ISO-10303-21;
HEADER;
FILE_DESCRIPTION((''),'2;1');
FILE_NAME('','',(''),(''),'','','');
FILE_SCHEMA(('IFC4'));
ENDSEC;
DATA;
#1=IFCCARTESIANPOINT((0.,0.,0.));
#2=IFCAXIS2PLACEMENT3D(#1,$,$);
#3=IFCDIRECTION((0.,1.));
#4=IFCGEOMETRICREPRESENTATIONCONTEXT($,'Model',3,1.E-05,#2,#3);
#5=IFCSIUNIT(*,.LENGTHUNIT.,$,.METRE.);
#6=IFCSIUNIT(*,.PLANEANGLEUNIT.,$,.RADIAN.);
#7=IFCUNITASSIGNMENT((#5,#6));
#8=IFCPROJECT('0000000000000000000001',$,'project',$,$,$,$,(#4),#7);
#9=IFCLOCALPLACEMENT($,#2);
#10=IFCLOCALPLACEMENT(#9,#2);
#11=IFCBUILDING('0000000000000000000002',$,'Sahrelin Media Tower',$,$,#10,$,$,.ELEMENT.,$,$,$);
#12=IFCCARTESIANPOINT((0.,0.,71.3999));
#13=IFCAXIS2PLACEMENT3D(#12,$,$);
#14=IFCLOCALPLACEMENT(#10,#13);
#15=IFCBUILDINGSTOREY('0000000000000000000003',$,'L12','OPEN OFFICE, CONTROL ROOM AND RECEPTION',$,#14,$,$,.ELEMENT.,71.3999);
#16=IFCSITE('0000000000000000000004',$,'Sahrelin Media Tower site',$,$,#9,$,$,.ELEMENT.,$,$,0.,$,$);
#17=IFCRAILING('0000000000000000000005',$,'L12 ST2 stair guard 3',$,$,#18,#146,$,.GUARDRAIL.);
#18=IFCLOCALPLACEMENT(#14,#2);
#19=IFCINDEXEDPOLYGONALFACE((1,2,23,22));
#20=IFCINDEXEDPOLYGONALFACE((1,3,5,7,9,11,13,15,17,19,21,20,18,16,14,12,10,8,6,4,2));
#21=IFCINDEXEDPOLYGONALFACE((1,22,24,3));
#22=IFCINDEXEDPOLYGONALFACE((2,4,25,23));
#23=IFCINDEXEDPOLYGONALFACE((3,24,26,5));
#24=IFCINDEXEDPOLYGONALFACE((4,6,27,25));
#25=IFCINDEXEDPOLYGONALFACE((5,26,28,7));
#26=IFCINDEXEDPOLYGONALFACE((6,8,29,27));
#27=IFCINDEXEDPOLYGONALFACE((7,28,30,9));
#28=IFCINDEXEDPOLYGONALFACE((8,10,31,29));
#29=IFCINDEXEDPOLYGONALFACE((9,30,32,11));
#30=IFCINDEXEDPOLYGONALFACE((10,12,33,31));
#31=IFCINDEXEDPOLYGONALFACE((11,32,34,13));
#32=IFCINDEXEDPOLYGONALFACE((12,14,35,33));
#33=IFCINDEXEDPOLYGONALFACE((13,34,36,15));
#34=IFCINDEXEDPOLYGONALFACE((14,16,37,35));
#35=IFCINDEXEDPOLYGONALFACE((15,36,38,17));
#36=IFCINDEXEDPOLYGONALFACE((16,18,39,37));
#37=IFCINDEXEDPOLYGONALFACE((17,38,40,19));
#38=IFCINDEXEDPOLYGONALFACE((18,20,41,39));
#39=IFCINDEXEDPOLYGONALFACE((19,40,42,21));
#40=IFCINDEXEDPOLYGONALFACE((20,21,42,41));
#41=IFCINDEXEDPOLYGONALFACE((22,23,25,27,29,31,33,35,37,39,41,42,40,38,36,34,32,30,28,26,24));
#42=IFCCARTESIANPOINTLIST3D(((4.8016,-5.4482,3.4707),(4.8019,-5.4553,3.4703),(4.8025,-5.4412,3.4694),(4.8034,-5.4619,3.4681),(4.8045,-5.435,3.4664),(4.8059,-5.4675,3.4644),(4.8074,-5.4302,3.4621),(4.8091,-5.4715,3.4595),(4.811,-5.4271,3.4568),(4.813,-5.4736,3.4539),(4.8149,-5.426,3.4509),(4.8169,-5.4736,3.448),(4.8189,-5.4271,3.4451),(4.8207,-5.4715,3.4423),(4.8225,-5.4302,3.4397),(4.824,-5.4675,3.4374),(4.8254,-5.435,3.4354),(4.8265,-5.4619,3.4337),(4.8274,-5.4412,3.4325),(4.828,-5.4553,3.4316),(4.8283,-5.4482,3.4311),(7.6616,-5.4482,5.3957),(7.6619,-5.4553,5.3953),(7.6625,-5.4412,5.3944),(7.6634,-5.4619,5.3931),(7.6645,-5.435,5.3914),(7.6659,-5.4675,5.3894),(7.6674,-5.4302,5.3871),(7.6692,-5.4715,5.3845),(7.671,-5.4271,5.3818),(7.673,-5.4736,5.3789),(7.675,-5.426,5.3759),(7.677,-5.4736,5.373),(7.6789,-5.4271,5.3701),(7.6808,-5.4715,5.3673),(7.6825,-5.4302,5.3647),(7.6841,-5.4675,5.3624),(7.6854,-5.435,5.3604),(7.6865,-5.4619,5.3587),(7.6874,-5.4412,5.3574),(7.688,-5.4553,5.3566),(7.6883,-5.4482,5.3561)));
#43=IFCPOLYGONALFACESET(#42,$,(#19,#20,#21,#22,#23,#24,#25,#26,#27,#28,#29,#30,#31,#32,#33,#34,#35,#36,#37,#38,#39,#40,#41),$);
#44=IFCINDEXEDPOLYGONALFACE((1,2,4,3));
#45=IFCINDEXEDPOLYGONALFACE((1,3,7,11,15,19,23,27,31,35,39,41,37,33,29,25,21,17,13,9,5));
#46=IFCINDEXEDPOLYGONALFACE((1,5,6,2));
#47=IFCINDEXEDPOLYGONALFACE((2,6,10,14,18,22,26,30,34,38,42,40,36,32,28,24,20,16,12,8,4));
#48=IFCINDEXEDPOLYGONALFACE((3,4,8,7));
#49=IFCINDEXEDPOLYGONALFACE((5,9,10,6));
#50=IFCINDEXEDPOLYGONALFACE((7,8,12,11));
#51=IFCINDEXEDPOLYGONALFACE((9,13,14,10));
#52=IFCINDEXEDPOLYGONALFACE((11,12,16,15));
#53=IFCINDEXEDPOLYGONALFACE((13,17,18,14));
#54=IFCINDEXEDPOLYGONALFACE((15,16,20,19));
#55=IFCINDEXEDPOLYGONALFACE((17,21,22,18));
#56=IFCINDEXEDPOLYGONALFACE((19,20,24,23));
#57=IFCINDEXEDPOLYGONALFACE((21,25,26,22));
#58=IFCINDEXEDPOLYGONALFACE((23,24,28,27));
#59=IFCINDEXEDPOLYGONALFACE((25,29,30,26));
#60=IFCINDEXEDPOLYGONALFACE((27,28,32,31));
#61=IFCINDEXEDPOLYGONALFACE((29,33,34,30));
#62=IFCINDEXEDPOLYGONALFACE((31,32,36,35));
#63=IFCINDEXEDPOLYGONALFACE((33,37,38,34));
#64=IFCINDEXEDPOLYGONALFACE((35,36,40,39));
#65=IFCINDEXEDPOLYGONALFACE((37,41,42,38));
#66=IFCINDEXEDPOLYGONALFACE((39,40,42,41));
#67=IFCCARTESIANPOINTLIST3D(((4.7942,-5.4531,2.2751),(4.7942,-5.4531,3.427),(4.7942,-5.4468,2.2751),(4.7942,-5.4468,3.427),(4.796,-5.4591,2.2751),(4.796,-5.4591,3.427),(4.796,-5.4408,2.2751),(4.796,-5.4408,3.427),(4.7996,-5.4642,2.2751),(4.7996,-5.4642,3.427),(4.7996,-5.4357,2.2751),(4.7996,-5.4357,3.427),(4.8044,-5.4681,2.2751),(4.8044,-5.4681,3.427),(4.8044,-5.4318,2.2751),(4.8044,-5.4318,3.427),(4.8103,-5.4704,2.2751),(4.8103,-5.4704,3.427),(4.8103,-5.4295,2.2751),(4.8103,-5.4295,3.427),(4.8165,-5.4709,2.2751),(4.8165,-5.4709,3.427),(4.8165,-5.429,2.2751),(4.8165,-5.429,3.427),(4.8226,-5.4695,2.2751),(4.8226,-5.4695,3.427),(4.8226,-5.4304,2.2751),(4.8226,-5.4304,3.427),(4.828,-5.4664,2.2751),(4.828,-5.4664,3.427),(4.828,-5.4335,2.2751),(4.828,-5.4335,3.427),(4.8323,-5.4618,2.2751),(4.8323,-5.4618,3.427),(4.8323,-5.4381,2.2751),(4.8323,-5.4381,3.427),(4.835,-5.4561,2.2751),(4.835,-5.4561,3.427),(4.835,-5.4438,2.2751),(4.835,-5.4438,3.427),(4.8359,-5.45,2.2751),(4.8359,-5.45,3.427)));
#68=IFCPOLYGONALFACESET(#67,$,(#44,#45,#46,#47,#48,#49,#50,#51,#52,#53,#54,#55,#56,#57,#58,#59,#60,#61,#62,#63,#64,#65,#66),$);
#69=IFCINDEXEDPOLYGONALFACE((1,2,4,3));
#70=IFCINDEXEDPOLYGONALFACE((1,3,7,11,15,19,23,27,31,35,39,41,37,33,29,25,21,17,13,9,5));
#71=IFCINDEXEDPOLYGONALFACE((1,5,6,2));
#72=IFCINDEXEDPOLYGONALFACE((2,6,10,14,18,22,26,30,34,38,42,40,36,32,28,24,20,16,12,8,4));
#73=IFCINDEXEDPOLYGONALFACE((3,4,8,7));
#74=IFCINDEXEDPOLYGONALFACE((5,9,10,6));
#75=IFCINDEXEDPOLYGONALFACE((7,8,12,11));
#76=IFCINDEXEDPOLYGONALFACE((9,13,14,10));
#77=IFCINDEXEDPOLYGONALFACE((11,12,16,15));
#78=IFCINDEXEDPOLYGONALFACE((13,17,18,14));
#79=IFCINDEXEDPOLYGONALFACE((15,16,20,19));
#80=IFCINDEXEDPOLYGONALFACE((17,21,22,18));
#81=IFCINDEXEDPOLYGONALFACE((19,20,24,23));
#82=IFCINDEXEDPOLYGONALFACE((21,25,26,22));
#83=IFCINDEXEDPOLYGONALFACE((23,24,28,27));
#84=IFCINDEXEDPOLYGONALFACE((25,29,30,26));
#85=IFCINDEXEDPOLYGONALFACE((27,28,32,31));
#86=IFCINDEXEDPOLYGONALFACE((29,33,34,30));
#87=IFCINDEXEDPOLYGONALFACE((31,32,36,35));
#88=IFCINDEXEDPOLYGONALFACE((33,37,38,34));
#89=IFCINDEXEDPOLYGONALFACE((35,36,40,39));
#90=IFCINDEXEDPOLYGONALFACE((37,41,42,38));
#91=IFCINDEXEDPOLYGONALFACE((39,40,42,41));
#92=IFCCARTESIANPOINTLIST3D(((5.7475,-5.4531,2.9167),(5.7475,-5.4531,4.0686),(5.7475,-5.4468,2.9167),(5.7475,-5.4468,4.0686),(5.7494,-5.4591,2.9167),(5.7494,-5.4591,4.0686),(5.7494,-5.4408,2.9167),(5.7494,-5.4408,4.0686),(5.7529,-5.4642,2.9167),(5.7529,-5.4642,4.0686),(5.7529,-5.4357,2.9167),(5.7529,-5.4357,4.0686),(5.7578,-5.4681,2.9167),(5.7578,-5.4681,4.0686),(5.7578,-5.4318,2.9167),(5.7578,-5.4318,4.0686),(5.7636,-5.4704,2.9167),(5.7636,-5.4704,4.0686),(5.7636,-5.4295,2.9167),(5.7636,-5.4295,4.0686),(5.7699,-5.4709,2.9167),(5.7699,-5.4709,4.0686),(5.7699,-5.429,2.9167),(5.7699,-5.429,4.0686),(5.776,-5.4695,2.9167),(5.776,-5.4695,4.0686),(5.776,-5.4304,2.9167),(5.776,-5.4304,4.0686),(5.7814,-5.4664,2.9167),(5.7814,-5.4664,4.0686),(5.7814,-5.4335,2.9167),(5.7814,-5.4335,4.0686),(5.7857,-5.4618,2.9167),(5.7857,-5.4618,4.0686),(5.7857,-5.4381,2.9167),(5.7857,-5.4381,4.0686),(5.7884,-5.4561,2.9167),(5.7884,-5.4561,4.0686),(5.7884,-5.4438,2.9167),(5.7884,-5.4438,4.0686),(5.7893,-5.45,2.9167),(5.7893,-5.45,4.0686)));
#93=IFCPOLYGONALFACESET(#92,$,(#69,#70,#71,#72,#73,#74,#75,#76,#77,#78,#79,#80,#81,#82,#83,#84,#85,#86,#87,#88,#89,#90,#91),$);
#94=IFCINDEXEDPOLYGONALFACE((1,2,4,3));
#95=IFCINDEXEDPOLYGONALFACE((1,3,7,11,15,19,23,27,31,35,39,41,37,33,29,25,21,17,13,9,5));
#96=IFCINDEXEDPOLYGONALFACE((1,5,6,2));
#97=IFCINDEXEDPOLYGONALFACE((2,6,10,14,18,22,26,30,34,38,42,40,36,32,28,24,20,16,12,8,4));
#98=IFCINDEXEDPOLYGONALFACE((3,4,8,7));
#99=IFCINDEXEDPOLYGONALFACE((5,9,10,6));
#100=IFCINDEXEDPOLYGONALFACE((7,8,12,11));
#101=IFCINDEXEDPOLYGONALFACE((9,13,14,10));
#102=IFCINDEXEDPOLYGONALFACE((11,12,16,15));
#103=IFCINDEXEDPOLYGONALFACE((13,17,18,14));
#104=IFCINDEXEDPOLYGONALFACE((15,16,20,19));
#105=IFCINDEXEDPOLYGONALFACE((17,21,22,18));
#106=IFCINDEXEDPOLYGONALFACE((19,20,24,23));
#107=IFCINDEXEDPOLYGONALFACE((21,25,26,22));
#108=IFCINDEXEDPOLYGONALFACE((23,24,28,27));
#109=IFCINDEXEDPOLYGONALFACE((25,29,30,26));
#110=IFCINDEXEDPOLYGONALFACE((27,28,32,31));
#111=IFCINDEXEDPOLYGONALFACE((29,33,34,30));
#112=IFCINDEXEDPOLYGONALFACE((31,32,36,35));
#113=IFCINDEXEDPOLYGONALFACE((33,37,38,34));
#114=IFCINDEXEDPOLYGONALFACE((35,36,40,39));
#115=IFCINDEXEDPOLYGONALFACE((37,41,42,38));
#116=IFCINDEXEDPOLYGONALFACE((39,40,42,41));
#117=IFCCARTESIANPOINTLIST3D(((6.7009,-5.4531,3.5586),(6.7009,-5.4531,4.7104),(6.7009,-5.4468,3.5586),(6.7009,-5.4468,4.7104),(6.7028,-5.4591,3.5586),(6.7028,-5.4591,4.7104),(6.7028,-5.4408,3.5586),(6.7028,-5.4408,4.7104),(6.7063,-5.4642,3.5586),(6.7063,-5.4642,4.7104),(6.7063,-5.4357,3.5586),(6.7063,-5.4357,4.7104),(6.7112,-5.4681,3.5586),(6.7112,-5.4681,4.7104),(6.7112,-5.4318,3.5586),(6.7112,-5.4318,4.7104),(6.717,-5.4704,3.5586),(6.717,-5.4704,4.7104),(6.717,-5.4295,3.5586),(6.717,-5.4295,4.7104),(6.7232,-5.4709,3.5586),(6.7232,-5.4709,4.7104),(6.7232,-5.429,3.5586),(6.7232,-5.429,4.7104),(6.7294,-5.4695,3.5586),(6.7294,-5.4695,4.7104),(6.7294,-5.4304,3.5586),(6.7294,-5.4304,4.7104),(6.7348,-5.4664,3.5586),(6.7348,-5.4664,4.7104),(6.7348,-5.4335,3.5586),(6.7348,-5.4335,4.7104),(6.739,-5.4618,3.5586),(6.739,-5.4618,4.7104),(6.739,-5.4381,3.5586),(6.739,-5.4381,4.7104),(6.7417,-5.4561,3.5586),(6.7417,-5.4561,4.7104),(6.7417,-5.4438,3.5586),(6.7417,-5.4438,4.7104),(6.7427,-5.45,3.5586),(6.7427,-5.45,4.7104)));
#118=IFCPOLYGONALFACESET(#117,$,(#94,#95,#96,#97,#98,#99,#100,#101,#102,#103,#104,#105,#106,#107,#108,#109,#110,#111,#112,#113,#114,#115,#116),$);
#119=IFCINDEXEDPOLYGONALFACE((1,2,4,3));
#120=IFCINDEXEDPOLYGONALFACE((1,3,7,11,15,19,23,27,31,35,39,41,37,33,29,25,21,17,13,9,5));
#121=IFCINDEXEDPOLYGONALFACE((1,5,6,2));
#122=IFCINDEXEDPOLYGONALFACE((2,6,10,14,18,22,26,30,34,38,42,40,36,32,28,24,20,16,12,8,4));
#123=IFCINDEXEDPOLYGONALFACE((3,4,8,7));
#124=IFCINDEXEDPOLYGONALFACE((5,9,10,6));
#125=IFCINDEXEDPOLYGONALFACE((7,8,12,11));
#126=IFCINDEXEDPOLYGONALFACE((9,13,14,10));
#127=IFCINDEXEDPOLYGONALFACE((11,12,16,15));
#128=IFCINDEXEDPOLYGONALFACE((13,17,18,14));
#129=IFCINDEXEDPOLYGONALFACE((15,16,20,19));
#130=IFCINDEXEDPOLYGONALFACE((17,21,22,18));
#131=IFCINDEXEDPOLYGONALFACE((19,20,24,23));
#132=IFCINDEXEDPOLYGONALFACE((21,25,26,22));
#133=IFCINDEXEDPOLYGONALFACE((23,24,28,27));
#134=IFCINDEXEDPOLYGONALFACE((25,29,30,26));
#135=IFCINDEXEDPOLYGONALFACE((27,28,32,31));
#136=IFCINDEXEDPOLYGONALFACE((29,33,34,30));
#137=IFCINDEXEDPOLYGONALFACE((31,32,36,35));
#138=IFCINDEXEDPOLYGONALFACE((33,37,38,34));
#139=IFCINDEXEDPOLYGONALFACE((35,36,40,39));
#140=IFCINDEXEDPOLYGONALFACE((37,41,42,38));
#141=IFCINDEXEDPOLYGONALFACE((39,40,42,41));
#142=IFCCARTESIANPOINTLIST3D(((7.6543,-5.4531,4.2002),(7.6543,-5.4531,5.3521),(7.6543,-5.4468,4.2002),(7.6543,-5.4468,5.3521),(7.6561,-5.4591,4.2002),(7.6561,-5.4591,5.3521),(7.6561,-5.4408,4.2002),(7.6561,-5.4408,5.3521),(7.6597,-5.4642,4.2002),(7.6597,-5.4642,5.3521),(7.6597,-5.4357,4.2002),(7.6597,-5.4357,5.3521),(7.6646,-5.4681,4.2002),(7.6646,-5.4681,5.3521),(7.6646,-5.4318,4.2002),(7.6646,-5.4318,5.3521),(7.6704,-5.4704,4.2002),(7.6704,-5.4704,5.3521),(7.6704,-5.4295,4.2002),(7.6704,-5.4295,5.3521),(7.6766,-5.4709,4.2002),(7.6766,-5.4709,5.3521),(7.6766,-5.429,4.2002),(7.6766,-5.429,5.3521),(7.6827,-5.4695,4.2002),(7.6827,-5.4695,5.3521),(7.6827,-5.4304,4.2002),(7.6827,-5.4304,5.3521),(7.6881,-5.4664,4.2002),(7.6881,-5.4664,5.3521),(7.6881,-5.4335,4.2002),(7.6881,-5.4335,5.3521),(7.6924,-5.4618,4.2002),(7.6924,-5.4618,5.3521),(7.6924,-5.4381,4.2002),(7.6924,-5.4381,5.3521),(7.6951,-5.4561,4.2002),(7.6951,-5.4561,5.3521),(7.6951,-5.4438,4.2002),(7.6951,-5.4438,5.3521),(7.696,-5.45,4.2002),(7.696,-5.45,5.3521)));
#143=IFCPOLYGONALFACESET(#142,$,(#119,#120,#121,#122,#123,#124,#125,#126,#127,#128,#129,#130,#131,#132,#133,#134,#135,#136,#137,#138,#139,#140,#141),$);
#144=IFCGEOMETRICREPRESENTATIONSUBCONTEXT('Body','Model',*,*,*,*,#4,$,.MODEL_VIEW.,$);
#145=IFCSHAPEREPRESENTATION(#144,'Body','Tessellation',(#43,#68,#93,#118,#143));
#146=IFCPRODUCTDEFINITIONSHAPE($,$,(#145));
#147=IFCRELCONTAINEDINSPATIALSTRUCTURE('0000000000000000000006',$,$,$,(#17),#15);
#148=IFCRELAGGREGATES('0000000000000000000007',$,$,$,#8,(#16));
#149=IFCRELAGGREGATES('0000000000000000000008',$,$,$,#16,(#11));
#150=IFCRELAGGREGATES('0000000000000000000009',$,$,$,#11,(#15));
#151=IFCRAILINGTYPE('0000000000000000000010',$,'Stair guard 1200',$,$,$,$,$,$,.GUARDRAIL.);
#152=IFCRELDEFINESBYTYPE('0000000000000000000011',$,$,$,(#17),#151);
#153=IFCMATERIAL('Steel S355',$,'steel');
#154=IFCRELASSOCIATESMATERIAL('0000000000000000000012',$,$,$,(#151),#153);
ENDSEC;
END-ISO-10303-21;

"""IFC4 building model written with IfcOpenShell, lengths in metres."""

from ifc_helpers import new_model, si_unit, direction, frame, origin, origin_2d, place, context, subcontext, project, spatial, circle, extrude, material, type_object, element, save


model = new_model("IFC4")

# Units and contexts
model_context = context("Model", 3, precision=1e-05, world=origin(), true_north=direction((0.0, 1.0)))
body_context = subcontext(model_context, "Body", "Model", "MODEL_VIEW")
ifc_project = project(units=[si_unit("LENGTHUNIT", "METRE"), si_unit("PLANEANGLEUNIT", "RADIAN")], contexts=[model_context])

# Site, building, storey
site_placement = place(None, origin())
site = spatial("IfcSite", under=ifc_project, at=site_placement, Name="Sahrelin Media Tower site", CompositionType="ELEMENT", RefElevation=0.0)
building_placement = place(site_placement, origin())
building = spatial("IfcBuilding", under=site, at=building_placement, Name="Sahrelin Media Tower", CompositionType="ELEMENT")
storey_placement = place(building_placement, frame((0.0, 0.0, 71.3999)))
storey = spatial("IfcBuildingStorey", under=building, at=storey_placement, Name="L12", Description="OPEN OFFICE, CONTROL ROOM AND RECEPTION", CompositionType="ELEMENT", Elevation=71.3999)

# Shared definitions
ifc_material_1 = material(Name="Steel S355", Category="steel")

# Railing
railing_type_1 = type_object("IfcRailingType", Name="Stair guard 1200", PredefinedType="GUARDRAIL", material=ifc_material_1)
railing_1_placement = place(storey_placement, frame((4.8149, -5.45, 2.2751)))
element("IfcRailing", 1, at=railing_1_placement, inside=storey, type_object=railing_type_1, Name="L12 ST2 stair guard 3", PredefinedType="GUARDRAIL", context=body_context, shape_type="SweptSolid", body=[
    extrude(circle(Radius=0.0239, at=origin_2d()), frame((0.0, 0.0, 1.1758), z_axis=(0.829591, 0.0, 0.558372), x_axis=(0.0, 1.0, 0.0)), (0.0, 0.0, 1.0), 3.4475),
    extrude(circle(Radius=0.021, at=origin_2d()), origin(), (0.0, 0.0, 1.0), 1.1519),
    extrude(circle(Radius=0.021, at=origin_2d()), frame((0.9534, 0.0, 0.6416)), (0.0, 0.0, 1.0), 1.1519),
    extrude(circle(Radius=0.021, at=origin_2d()), frame((1.9067, 0.0, 1.2834)), (0.0, 0.0, 1.0), 1.1519),
    extrude(circle(Radius=0.021, at=origin_2d()), frame((2.8601, 0.0, 1.925)), (0.0, 0.0, 1.0), 1.1519),
])

save(model, "model.ifc")
